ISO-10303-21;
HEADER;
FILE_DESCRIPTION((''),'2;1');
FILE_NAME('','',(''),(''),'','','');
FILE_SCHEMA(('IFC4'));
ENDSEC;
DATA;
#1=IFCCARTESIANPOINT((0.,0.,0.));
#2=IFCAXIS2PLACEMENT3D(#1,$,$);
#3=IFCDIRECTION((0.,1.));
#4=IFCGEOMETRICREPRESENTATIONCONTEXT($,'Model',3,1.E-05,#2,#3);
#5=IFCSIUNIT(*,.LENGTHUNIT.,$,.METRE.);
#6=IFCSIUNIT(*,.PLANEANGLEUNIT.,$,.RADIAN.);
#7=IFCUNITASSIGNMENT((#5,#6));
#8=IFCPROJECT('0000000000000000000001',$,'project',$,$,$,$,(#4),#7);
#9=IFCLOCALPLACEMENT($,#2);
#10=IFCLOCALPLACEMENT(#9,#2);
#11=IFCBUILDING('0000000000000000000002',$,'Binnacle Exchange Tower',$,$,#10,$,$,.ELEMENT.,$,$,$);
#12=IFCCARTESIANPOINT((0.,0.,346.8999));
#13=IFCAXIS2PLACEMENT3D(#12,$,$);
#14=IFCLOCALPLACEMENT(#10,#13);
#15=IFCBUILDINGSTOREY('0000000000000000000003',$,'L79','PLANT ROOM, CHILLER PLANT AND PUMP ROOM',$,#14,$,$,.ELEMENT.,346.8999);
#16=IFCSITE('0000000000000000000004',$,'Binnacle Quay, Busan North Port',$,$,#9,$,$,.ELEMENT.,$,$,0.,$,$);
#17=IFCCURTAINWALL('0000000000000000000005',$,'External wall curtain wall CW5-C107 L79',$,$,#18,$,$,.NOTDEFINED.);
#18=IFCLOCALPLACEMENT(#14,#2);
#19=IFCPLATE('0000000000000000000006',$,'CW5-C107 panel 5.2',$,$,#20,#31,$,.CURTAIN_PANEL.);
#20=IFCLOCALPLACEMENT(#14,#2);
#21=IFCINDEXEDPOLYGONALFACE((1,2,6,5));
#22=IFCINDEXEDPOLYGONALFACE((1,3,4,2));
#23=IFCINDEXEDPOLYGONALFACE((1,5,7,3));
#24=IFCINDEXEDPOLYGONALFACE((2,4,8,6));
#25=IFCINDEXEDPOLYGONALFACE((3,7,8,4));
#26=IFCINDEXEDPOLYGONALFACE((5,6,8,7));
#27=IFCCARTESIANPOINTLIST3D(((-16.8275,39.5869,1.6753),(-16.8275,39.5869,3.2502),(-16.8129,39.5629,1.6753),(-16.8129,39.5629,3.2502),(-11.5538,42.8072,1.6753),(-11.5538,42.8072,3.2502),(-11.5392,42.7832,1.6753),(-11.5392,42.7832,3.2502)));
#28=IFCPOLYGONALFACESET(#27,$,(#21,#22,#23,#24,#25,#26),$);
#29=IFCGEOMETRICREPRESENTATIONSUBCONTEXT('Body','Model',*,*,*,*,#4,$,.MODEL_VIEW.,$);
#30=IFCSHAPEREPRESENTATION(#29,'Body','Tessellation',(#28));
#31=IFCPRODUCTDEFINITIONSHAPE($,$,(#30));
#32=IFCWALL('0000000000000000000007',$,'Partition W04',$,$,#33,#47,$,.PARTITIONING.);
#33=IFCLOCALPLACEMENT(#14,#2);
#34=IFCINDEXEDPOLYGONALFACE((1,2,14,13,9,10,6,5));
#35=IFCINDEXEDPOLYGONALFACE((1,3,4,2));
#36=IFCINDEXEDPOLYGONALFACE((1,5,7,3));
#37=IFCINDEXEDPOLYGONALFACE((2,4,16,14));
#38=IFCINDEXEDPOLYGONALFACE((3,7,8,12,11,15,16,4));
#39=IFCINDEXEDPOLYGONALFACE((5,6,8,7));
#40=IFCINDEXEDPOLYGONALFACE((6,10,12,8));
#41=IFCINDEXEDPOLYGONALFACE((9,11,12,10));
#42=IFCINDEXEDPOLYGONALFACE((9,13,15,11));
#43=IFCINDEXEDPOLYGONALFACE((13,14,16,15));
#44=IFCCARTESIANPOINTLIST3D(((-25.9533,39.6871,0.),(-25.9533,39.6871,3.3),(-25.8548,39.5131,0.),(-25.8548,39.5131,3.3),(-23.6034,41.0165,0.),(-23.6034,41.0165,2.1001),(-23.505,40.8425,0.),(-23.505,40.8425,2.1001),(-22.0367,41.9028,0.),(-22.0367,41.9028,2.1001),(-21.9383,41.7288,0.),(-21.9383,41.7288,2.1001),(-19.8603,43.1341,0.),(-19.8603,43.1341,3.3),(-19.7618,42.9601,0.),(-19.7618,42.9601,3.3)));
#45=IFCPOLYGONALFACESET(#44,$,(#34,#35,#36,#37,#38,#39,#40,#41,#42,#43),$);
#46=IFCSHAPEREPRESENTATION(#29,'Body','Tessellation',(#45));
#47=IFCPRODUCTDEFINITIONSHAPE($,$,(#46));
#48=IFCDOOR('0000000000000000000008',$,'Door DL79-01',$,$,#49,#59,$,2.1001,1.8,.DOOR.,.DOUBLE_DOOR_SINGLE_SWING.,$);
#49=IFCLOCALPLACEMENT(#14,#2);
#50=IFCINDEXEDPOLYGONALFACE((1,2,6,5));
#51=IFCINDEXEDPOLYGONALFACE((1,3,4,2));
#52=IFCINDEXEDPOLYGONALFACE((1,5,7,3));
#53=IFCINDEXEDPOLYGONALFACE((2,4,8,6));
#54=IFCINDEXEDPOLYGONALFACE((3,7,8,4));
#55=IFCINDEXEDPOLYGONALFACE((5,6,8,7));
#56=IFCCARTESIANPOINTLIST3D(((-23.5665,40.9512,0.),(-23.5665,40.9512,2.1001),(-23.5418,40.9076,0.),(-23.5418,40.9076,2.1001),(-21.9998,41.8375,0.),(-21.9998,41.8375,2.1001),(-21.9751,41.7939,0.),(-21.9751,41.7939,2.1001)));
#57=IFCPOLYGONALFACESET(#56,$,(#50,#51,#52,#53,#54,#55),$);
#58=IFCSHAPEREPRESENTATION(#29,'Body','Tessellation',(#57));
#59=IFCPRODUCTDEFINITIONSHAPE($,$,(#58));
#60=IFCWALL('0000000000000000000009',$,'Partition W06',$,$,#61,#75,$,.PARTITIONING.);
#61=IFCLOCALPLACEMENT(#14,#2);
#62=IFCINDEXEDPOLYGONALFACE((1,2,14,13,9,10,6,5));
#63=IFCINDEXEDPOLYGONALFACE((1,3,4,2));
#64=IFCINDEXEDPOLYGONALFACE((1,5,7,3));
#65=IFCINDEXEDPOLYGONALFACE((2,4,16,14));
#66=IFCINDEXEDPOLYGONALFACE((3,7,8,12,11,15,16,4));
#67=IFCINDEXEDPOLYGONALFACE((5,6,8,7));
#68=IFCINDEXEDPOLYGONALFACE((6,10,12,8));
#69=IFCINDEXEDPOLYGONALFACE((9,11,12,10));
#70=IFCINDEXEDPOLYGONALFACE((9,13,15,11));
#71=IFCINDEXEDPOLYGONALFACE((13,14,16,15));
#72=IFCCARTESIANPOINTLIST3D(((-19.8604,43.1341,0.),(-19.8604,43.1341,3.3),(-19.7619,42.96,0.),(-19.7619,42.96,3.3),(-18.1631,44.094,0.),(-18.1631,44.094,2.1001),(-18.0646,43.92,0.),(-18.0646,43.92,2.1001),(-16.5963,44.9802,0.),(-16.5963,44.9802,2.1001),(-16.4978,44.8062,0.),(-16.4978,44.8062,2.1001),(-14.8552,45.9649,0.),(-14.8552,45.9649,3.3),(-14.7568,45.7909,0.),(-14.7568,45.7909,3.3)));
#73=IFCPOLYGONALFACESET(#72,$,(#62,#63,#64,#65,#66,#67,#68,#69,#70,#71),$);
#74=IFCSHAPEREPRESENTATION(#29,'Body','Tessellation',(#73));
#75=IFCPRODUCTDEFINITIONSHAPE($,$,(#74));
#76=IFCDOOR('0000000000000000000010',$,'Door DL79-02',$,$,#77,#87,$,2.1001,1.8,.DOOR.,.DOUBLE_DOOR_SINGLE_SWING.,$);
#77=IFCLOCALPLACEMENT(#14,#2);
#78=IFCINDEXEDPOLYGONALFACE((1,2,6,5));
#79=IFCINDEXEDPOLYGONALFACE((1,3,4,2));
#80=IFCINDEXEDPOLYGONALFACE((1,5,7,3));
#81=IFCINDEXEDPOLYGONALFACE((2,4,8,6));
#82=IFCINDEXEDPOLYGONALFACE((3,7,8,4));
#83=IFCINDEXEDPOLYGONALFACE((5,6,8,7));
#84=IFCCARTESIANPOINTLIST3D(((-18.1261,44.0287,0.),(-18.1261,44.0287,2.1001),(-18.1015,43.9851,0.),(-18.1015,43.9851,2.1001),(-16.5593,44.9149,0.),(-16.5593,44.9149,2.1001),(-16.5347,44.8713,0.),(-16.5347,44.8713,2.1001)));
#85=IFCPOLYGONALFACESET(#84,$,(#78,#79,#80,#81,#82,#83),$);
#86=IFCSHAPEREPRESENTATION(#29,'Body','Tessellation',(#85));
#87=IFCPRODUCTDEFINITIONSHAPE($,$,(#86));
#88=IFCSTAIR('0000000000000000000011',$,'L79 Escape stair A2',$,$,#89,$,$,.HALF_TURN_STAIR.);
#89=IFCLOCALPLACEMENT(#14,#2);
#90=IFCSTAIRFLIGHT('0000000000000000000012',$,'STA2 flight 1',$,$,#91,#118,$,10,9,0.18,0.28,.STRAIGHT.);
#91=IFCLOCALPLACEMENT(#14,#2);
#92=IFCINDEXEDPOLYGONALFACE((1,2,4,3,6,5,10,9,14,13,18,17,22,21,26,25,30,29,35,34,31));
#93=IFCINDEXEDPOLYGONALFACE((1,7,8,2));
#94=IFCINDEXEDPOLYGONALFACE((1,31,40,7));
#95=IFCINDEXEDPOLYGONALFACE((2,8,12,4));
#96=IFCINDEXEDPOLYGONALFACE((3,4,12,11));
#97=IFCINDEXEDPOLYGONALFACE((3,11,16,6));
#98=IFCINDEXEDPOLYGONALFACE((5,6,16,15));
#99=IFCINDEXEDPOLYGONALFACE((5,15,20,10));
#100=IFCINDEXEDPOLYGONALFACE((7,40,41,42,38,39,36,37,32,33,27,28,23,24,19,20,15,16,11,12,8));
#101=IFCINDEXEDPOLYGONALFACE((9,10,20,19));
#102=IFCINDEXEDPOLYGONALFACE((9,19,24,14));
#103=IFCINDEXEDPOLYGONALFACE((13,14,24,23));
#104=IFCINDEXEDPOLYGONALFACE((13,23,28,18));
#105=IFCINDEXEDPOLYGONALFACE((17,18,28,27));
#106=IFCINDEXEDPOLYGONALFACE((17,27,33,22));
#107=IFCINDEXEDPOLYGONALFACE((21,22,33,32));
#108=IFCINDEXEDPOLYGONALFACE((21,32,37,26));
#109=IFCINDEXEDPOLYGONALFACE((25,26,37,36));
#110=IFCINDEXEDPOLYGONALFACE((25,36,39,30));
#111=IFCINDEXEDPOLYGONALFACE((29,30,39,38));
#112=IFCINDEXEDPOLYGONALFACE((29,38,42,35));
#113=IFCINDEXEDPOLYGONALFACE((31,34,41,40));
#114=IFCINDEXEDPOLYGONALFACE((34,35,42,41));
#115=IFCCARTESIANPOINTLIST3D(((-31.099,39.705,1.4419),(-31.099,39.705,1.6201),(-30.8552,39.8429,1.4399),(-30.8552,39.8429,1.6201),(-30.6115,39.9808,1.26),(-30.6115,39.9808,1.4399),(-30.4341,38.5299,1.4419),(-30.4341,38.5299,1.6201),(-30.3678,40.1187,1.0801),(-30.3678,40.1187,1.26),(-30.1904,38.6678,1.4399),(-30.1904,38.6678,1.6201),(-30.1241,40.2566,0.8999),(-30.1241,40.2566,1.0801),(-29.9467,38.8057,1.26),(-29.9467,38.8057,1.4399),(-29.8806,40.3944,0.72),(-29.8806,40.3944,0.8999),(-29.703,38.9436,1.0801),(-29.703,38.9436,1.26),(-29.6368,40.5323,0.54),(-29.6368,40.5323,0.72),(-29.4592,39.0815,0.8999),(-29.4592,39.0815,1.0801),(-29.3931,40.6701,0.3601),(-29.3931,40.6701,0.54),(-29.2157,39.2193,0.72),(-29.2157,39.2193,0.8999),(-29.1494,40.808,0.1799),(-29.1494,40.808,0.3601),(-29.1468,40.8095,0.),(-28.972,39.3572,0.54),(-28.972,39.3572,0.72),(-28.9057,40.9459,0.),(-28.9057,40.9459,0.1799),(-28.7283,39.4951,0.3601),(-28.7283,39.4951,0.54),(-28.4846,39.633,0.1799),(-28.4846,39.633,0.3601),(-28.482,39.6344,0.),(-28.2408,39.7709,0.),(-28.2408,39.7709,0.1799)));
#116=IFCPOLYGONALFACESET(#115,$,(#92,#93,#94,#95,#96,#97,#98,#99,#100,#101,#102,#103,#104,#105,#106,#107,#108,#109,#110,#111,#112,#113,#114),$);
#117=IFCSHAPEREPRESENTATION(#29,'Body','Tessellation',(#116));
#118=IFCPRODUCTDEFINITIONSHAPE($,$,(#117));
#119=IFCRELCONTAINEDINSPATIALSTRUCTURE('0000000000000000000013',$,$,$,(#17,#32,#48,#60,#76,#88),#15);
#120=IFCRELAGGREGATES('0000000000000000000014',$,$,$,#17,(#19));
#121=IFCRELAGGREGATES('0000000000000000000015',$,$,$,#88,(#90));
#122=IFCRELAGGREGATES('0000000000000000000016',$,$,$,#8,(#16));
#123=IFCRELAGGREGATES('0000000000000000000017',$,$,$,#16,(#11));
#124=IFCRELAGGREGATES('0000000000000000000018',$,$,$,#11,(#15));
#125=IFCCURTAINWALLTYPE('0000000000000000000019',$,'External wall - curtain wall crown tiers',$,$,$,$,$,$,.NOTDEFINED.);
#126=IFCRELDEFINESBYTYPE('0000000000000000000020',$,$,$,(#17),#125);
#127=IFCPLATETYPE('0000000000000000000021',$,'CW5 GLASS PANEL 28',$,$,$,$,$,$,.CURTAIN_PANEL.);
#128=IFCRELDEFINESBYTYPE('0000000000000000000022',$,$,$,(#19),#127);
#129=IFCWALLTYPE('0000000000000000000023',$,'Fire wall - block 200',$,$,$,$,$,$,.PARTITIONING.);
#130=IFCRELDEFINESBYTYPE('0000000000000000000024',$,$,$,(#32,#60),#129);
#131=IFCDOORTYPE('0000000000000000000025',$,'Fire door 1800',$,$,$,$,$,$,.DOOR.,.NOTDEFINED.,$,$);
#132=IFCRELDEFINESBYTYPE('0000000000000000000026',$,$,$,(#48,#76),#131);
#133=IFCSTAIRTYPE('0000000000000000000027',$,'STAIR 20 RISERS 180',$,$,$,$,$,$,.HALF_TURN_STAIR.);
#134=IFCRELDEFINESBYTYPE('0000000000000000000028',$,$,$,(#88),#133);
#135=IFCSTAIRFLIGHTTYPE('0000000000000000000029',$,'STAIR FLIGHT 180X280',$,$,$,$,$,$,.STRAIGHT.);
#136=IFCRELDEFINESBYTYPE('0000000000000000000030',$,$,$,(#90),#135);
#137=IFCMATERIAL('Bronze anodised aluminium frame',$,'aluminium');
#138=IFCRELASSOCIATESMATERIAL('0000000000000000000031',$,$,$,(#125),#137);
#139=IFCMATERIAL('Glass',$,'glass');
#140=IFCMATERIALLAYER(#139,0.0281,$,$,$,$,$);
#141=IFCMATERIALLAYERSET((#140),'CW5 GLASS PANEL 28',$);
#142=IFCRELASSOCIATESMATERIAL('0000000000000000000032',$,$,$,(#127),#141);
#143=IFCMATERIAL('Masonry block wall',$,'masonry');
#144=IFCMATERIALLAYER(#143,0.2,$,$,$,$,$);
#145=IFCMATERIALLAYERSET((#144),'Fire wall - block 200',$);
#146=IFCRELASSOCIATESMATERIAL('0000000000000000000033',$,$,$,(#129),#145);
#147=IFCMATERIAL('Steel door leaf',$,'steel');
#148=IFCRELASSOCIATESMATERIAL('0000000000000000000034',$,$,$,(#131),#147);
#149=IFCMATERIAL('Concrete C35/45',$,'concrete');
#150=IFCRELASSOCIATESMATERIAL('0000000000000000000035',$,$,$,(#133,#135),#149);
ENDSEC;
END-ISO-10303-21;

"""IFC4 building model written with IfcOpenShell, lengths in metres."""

from ifc_helpers import new_model, si_unit, direction, frame, frame_2d, origin, origin_2d, place, context, subcontext, project, spatial, polyline, rectangle, outline, extrude, material, layer, layer_set, type_object, element, fill, aggregate, save


model = new_model("IFC4")

# Units and contexts
model_context = context("Model", 3, precision=1e-05, world=origin(), true_north=direction((0.0, 1.0)))
body_context = subcontext(model_context, "Body", "Model", "MODEL_VIEW")
ifc_project = project(units=[si_unit("LENGTHUNIT", "METRE"), si_unit("PLANEANGLEUNIT", "RADIAN")], contexts=[model_context])

# Site, building, storey
site_placement = place(None, origin())
site = spatial("IfcSite", under=ifc_project, at=site_placement, Name="Binnacle Quay, Busan North Port", CompositionType="ELEMENT", RefElevation=0.0)
building_placement = place(site_placement, origin())
building = spatial("IfcBuilding", under=site, at=building_placement, Name="Binnacle Exchange Tower", CompositionType="ELEMENT")
storey_placement = place(building_placement, frame((0.0, 0.0, 346.8999)))
storey = spatial("IfcBuildingStorey", under=building, at=storey_placement, Name="L79", Description="PLANT ROOM, CHILLER PLANT AND PUMP ROOM", CompositionType="ELEMENT", Elevation=346.8999)

# Curtain wall
ifc_material_1 = material(Name="Bronze anodised aluminium frame", Category="aluminium")
curtain_wall_type = type_object("IfcCurtainWallType", Name="External wall - curtain wall crown tiers", PredefinedType="NOTDEFINED", material=ifc_material_1)
curtain_wall_placement = place(storey_placement, origin())
curtain_wall = element("IfcCurtainWall", 1, at=curtain_wall_placement, inside=storey, type_object=curtain_wall_type, Name="External wall curtain wall CW5-C107 L79", PredefinedType="NOTDEFINED")

# Plate
ifc_material_2 = material(Name="Glass", Category="glass")
ifc_layer_1 = layer(ifc_material_2, 0.0281)
ifc_layer_set_1 = layer_set([ifc_layer_1], Name="CW5 GLASS PANEL 28")
plate_type = type_object("IfcPlateType", Name="CW5 GLASS PANEL 28", PredefinedType="CURTAIN_PANEL", material=ifc_layer_set_1)
plate_1_placement = place(storey_placement, frame((-14.1833, 41.1851, 1.6753), z_axis=(0.0, 0.0, 1.0), x_axis=(0.853461, 0.521157, 0.0)))
plate_1 = element("IfcPlate", 2, at=plate_1_placement, type_object=plate_type, Name="CW5-C107 panel 5.2", PredefinedType="CURTAIN_PANEL", context=body_context, shape_type="SweptSolid", body=[
    extrude(rectangle(XDim=6.1792, YDim=0.0281, at=origin_2d()), origin(), (0.0, 0.0, 1.0), 1.575),
])
aggregate(curtain_wall, [plate_1])

# Walls, openings, doors
ifc_material_3 = material(Name="Masonry block wall", Category="masonry")
ifc_layer_2 = layer(ifc_material_3, 0.2)
ifc_layer_set_2 = layer_set([ifc_layer_2], Name="Fire wall - block 200")
wall_type = type_object("IfcWallType", Name="Fire wall - block 200", PredefinedType="PARTITIONING", material=ifc_layer_set_2)
wall_1_placement = place(storey_placement, frame((-25.9041, 39.6001, 0.0), z_axis=(0.0, 0.0, 1.0), x_axis=(0.870371, 0.492397, 0.0)))
wall_1 = element("IfcWall", 3, at=wall_1_placement, inside=storey, type_object=wall_type, Name="Partition W04", PredefinedType="PARTITIONING", context=body_context, shape_type="SweptSolid", body=[
    extrude(rectangle(XDim=7.0005, YDim=0.2, at=frame_2d((3.5002, 0.0))), origin(), (0.0, 0.0, 1.0), 3.3),
])
opening_1_placement = place(wall_1_placement, frame((2.7, 0.0, 0.0)))
opening_1 = element("IfcOpeningElement", 4, at=opening_1_placement, cuts=wall_1, PredefinedType="OPENING", context=body_context, shape_type="SweptSolid", body=[
    extrude(rectangle(XDim=1.8, YDim=2.1001, at=frame_2d((0.8999, 1.05))), frame((0.0, 0.1099, 0.0), z_axis=(0.0, -1.0, 0.0), x_axis=(1.0, 0.0, 0.0)), (0.0, 0.0, 1.0), 0.22),
])
ifc_material_4 = material(Name="Steel door leaf", Category="steel")
door_type = type_object("IfcDoorType", Name="Fire door 1800", OperationType="NOTDEFINED", PredefinedType="DOOR", material=ifc_material_4)
door_1_placement = place(opening_1_placement, origin())
door_1 = element("IfcDoor", 5, at=door_1_placement, inside=storey, type_object=door_type, Name="Door DL79-01", OperationType="DOUBLE_DOOR_SINGLE_SWING", OverallHeight=2.1001, OverallWidth=1.8, PredefinedType="DOOR", context=body_context, shape_type="SweptSolid", body=[
    extrude(rectangle(XDim=1.8, YDim=2.1001, at=frame_2d((0.8999, 1.05))), frame((0.0, 0.0249, 0.0), z_axis=(0.0, -1.0, 0.0), x_axis=(1.0, 0.0, 0.0)), (0.0, 0.0, 1.0), 0.05),
])
fill(opening_1, door_1)
wall_2_placement = place(storey_placement, frame((-19.811, 43.0471, 0.0), z_axis=(0.0, 0.0, 1.0), x_axis=(0.870427, 0.492298, 0.0)))
wall_2 = element("IfcWall", 6, at=wall_2_placement, inside=storey, type_object=wall_type, Name="Partition W06", PredefinedType="PARTITIONING", context=body_context, shape_type="SweptSolid", body=[
    extrude(rectangle(XDim=5.7502, YDim=0.2, at=frame_2d((2.875, 0.0))), origin(), (0.0, 0.0, 1.0), 3.3),
])
opening_2_placement = place(wall_2_placement, frame((1.95, 0.0, 0.0)))
opening_2 = element("IfcOpeningElement", 7, at=opening_2_placement, cuts=wall_2, PredefinedType="OPENING", context=body_context, shape_type="SweptSolid", body=[
    extrude(rectangle(XDim=1.8, YDim=2.1001, at=frame_2d((0.8999, 1.05))), frame((0.0, 0.1099, 0.0), z_axis=(0.0, -1.0, 0.0), x_axis=(1.0, 0.0, 0.0)), (0.0, 0.0, 1.0), 0.22),
])
door_2_placement = place(opening_2_placement, origin())
door_2 = element("IfcDoor", 8, at=door_2_placement, inside=storey, type_object=door_type, Name="Door DL79-02", OperationType="DOUBLE_DOOR_SINGLE_SWING", OverallHeight=2.1001, OverallWidth=1.8, PredefinedType="DOOR", context=body_context, shape_type="SweptSolid", body=[
    extrude(rectangle(XDim=1.8, YDim=2.1001, at=frame_2d((0.8999, 1.05))), frame((0.0, 0.0249, 0.0), z_axis=(0.0, -1.0, 0.0), x_axis=(1.0, 0.0, 0.0)), (0.0, 0.0, 1.0), 0.05),
])
fill(opening_2, door_2)

# Stair, stair flight
ifc_material_5 = material(Name="Concrete C35/45", Category="concrete")
stair_type = type_object("IfcStairType", Name="STAIR 20 RISERS 180", PredefinedType="HALF_TURN_STAIR", material=ifc_material_5)
stair_placement = place(storey_placement, origin())
stair = element("IfcStair", 9, at=stair_placement, inside=storey, type_object=stair_type, Name="L79 Escape stair A2", PredefinedType="HALF_TURN_STAIR")
stair_flight_type = type_object("IfcStairFlightType", Name="STAIR FLIGHT 180X280", PredefinedType="STRAIGHT", material=ifc_material_5)
stair_flight_placement = place(storey_placement, frame((-28.5732, 40.3584, 0.0), z_axis=(0.0, 0.0, 1.0), x_axis=(-0.870356, -0.492424, 0.0)))
stair_flight = element("IfcStairFlight", 10, at=stair_flight_placement, type_object=stair_flight_type, Name="STA2 flight 1", NumberOfRisers=10, NumberOfTreads=9, PredefinedType="STRAIGHT", RiserHeight=0.18, TreadLength=0.28, context=body_context, shape_type="SweptSolid", body=[
    extrude(outline(polyline([(0.0, 0.0), (0.0, 0.1799), (0.28, 0.1799), (0.28, 0.3601), (0.5601, 0.3601), (0.5601, 0.54), (0.8401, 0.54), (0.8401, 0.72), (1.1201, 0.72), (1.1201, 0.8999), (1.3999, 0.8999), (1.3999, 1.0801), (1.6799, 1.0801), (1.6799, 1.26), (1.96, 1.26), (1.96, 1.4399), (2.24, 1.4399), (2.24, 1.6201), (2.52, 1.6201), (2.52, 1.8), (2.52, 1.4419), (0.2771, 0.0), (0.0, 0.0)])), frame((0.0, 0.675, 0.0), z_axis=(0.0, -1.0, 0.0), x_axis=(1.0, 0.0, 0.0)), (0.0, 0.0, 1.0), 1.3501),
])
aggregate(stair, [stair_flight])

save(model, "model.ifc")
